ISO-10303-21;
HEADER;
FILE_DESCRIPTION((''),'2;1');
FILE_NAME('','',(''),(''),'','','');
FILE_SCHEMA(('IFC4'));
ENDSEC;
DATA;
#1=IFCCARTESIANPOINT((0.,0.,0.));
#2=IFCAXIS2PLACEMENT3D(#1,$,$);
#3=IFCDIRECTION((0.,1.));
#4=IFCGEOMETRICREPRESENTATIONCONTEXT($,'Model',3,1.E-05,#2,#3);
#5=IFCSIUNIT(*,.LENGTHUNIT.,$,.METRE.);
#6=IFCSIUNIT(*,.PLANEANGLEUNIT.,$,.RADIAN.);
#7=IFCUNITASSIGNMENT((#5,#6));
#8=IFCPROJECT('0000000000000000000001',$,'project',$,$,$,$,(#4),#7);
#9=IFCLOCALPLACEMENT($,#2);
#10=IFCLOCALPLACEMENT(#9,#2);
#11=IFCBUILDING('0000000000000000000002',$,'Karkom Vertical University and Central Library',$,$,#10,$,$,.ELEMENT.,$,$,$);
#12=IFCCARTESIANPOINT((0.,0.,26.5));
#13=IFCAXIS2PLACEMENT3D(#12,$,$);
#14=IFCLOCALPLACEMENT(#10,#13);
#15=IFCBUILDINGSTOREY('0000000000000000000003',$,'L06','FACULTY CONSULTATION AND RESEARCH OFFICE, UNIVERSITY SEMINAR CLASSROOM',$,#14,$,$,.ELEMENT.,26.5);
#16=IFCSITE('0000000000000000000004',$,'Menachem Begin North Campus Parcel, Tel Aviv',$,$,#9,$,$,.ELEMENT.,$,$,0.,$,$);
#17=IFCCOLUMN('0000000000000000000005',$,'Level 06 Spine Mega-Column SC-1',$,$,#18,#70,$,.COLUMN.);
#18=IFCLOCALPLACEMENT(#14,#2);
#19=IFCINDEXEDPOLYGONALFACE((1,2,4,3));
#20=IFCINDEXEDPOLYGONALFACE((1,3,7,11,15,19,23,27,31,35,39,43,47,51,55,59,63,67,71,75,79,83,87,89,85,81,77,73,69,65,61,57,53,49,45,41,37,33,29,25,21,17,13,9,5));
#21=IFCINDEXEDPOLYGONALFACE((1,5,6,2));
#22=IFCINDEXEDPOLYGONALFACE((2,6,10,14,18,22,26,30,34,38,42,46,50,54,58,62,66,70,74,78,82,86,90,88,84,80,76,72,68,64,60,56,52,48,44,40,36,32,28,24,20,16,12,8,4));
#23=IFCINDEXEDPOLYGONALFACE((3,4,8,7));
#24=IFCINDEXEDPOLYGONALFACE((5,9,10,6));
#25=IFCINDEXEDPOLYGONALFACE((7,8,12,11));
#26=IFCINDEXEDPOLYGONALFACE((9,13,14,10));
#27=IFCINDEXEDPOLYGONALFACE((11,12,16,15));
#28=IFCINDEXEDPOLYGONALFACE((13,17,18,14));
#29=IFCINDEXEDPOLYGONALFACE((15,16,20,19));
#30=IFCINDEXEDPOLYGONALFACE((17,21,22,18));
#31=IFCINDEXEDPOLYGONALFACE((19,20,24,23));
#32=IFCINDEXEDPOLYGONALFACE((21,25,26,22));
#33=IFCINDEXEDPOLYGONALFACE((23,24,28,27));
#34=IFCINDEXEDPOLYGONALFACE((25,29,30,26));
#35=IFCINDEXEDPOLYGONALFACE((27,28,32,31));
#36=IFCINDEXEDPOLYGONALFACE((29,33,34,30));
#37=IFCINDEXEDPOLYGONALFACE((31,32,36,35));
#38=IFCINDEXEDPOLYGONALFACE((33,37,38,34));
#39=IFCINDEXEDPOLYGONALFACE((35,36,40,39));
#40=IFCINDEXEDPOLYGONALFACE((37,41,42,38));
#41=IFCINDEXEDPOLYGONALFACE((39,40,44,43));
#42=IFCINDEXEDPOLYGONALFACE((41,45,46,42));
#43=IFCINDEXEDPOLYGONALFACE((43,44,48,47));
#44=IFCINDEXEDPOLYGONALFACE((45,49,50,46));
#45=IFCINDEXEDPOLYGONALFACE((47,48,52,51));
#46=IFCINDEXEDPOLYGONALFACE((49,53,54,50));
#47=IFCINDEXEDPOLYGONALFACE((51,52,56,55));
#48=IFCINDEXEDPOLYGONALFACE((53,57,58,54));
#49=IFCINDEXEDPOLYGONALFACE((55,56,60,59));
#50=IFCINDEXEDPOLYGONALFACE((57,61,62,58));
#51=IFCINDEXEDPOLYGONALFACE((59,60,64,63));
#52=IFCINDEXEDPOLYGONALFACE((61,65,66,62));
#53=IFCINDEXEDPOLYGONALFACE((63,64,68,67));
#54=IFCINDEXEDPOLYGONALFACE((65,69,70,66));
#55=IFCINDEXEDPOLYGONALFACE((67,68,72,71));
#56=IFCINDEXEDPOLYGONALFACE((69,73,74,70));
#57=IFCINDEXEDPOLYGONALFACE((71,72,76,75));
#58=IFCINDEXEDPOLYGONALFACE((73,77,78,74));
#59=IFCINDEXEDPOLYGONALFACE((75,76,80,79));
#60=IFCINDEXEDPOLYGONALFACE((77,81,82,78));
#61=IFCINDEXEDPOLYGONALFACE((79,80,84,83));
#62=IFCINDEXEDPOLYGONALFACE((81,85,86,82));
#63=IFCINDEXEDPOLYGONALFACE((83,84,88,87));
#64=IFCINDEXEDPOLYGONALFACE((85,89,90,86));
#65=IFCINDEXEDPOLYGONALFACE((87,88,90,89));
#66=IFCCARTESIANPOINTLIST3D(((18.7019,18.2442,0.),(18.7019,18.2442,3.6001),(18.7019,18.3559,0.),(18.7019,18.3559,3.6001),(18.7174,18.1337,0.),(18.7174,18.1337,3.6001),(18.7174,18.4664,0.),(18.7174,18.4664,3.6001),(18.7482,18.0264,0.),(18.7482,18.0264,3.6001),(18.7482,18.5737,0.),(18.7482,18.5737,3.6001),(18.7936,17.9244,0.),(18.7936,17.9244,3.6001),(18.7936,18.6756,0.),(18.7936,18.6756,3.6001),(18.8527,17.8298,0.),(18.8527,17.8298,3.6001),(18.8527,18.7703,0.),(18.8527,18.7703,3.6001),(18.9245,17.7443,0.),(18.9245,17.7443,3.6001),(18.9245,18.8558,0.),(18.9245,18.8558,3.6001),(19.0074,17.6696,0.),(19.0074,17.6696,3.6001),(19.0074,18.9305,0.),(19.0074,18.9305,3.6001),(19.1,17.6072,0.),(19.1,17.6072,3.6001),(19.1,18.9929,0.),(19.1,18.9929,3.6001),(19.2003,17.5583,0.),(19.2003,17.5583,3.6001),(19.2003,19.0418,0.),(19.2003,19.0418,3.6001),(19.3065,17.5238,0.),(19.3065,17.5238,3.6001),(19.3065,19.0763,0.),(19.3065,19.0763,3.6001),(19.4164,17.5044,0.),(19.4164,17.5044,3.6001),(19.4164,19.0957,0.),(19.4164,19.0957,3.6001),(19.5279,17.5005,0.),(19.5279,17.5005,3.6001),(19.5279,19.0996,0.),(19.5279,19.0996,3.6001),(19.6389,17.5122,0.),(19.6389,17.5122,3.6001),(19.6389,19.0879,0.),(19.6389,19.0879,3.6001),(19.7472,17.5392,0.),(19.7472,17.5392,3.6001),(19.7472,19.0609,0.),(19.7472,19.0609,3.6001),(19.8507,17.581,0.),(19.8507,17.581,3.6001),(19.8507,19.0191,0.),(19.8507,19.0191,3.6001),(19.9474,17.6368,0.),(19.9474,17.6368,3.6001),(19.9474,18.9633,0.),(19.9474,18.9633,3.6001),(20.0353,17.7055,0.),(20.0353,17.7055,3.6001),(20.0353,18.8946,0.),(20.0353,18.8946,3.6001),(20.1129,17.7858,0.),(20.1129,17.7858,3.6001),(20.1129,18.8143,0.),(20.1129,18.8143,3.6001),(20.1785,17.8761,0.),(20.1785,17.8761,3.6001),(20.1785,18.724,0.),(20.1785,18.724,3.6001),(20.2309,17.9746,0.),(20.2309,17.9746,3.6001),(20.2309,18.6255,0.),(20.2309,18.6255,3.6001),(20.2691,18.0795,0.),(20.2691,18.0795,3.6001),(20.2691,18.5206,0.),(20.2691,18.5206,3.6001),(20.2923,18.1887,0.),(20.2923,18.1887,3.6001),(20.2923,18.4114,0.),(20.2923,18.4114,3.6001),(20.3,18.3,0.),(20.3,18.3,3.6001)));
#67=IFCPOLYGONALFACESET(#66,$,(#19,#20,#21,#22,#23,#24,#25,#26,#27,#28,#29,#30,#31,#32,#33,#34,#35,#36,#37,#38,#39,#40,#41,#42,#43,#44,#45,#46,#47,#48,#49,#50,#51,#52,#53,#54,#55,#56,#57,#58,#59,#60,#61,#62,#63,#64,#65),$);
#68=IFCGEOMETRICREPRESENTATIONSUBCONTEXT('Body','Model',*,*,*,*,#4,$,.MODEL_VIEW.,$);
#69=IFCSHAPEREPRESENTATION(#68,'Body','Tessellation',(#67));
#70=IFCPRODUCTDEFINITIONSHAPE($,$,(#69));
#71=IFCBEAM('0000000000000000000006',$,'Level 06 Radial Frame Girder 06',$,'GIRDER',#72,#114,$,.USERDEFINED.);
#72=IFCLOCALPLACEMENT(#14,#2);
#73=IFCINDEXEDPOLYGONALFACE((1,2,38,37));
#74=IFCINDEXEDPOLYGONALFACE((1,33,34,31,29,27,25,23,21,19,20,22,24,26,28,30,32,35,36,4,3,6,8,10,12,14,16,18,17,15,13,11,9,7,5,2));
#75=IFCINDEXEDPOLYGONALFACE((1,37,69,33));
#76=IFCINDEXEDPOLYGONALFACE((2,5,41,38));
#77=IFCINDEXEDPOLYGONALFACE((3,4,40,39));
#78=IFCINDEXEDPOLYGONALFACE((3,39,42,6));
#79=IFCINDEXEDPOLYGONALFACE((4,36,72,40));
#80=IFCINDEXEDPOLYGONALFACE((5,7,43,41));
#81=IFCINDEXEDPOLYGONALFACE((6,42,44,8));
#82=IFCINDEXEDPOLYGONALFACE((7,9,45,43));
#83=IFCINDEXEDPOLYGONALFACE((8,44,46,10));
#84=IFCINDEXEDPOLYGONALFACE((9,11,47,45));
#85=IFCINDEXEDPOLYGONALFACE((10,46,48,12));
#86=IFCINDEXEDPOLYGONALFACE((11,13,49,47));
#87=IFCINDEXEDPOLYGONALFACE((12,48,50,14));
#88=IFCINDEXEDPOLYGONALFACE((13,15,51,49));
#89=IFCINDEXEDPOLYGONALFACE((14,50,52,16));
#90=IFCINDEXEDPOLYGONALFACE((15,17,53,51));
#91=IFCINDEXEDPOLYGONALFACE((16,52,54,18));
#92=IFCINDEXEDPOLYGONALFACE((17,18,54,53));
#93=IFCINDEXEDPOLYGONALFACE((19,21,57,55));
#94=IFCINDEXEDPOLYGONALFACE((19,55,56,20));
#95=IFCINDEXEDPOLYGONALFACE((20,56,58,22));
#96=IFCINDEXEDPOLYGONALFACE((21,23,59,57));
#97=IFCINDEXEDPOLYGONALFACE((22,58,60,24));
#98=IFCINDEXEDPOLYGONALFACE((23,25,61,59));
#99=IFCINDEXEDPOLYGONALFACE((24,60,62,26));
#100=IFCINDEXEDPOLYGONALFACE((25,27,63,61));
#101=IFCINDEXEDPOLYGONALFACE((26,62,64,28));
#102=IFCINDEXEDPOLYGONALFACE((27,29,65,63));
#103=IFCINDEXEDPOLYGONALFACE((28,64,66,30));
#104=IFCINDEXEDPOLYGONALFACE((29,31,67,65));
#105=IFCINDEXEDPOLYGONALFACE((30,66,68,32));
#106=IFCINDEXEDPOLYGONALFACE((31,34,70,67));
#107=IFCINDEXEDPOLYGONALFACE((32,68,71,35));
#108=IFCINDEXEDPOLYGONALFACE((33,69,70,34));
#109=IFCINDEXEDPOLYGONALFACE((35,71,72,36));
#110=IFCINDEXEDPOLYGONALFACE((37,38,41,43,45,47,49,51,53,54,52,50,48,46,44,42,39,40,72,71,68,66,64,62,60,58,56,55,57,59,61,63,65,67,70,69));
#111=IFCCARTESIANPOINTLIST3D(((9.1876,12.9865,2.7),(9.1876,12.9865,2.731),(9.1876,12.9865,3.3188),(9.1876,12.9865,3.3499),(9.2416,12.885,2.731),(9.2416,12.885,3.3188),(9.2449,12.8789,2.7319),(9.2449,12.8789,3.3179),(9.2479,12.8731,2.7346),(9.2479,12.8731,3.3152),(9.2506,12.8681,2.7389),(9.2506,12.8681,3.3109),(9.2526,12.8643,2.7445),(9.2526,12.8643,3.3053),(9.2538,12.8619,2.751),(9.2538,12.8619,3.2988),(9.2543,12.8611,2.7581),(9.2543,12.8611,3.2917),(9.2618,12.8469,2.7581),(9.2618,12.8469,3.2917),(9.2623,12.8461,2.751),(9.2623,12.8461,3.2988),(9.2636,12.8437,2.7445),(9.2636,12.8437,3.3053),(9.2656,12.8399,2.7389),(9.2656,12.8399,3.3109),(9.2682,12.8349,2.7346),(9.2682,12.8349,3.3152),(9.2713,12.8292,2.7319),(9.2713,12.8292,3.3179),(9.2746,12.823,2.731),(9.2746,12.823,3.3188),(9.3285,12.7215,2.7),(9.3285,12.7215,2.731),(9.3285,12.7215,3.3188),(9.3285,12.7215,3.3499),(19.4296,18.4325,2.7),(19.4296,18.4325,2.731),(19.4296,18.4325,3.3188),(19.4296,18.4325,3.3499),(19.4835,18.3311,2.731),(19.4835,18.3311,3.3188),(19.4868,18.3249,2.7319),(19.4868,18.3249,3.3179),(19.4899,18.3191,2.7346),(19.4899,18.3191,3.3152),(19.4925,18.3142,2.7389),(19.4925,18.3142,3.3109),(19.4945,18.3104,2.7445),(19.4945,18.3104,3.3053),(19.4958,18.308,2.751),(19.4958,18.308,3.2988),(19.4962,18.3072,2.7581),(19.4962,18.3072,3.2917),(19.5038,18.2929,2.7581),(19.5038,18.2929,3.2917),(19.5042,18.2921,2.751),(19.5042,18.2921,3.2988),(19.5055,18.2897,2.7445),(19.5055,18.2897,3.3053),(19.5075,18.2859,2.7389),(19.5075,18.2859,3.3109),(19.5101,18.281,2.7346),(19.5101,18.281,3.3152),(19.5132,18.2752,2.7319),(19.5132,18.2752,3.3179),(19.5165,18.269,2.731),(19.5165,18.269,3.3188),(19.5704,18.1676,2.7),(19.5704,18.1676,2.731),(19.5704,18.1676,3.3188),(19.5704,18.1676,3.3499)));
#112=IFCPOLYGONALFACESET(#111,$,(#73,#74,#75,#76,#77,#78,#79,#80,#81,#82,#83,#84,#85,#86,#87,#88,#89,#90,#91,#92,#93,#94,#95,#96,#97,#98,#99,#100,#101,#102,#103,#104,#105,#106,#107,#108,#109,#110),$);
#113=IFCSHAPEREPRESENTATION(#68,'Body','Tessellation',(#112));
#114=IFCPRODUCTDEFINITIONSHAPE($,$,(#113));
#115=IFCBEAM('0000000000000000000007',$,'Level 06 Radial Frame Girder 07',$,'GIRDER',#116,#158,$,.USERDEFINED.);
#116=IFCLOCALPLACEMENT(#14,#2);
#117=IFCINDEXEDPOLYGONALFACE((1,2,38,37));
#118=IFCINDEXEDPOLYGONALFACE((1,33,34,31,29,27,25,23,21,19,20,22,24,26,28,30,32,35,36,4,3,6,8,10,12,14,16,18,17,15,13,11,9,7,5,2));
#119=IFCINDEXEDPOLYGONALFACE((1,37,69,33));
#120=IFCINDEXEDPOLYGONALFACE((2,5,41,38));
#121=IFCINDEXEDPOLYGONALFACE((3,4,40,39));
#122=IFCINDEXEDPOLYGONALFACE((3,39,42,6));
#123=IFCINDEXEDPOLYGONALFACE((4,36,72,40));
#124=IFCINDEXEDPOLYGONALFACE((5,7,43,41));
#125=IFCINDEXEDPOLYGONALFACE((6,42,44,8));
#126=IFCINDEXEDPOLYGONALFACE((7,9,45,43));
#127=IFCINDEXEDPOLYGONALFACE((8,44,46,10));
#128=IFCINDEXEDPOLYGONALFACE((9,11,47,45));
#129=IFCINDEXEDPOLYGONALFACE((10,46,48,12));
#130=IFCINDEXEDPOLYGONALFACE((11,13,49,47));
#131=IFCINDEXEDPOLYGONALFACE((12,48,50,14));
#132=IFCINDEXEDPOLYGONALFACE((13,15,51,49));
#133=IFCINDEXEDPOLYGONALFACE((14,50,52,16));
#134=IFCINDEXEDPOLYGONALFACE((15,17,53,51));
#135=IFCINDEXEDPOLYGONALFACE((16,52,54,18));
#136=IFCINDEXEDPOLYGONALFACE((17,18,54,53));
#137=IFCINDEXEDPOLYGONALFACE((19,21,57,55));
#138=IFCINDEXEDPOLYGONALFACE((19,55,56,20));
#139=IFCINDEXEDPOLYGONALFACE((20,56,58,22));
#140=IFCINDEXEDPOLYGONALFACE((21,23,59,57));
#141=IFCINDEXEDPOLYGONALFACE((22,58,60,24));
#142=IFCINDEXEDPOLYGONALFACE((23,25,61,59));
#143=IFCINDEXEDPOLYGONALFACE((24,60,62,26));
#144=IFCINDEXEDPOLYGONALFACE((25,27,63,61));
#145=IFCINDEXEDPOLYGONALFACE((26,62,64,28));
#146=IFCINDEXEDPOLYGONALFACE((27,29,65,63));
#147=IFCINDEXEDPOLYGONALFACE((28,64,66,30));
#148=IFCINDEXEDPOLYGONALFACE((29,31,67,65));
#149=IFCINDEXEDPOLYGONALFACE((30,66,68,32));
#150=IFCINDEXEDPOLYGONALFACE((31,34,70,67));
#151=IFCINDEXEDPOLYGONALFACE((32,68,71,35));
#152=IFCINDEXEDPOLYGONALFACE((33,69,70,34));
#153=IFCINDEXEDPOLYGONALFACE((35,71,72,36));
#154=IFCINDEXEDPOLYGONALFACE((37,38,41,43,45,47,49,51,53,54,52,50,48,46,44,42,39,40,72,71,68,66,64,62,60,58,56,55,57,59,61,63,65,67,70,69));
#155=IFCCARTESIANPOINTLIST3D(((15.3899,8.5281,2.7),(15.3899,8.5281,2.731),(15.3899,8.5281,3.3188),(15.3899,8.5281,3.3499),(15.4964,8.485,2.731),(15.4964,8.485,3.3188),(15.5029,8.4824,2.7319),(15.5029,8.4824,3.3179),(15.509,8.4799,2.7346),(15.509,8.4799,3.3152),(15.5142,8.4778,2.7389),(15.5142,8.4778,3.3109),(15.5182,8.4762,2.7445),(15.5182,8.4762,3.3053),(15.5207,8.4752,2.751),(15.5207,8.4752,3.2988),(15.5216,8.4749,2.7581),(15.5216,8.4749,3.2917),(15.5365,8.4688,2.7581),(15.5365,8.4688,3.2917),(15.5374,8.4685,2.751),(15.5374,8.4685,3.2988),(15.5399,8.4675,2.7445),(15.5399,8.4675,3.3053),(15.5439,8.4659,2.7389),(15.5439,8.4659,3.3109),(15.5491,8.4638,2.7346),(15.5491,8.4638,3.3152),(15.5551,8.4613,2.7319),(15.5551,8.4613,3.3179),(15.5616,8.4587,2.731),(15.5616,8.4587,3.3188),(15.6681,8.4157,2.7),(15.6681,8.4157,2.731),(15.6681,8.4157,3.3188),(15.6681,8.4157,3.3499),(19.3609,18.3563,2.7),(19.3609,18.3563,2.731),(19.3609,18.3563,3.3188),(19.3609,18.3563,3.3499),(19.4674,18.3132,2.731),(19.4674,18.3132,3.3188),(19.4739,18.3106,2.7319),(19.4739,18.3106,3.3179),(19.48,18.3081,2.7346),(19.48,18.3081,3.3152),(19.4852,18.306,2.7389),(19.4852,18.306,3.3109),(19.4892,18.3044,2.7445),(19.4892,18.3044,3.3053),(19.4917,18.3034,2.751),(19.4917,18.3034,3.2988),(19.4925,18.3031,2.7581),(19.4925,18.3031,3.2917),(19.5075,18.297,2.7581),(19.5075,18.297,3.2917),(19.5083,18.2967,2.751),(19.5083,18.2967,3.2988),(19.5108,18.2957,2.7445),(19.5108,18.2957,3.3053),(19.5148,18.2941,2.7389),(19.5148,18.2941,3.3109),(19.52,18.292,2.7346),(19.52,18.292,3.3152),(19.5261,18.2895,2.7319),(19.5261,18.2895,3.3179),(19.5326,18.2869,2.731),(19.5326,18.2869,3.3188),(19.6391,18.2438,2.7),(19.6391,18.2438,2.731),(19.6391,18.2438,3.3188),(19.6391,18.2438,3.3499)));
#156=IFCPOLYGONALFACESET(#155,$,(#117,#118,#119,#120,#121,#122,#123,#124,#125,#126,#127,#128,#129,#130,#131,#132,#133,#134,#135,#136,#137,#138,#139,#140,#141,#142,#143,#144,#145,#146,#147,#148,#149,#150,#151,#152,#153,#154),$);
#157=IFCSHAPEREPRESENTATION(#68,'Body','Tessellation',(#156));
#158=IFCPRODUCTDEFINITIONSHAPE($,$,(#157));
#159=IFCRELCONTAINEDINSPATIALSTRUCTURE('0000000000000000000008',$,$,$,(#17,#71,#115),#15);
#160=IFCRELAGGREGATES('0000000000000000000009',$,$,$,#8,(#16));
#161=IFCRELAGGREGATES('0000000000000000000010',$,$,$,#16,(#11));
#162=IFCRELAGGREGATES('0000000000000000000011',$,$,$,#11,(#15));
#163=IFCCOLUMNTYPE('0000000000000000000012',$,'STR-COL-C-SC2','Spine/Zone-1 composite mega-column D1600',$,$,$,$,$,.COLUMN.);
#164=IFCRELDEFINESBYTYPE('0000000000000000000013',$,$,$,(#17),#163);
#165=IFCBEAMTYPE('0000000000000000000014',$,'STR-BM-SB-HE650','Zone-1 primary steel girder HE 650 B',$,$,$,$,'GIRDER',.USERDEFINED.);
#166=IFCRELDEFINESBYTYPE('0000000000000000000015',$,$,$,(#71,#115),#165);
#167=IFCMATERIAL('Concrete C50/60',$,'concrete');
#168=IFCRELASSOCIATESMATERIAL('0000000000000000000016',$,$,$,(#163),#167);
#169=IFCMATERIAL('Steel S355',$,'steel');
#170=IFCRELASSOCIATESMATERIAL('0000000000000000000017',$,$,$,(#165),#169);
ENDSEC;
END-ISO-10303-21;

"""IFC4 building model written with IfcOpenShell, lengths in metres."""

from ifc_helpers import new_model, si_unit, direction, frame, origin, origin_with_axes, origin_2d, place, context, subcontext, project, spatial, circle, i_section, extrude, source, transform, mapped, material, material_profile, profile_set, type_object, element, save


model = new_model("IFC4")

# Units and contexts
model_context = context("Model", 3, precision=1e-05, world=origin(), true_north=direction((0.0, 1.0)))
body_context = subcontext(model_context, "Body", "Model", "MODEL_VIEW")
ifc_project = project(units=[si_unit("LENGTHUNIT", "METRE"), si_unit("PLANEANGLEUNIT", "RADIAN")], contexts=[model_context])

# Site, building, storey
site_placement = place(None, origin())
site = spatial("IfcSite", under=ifc_project, at=site_placement, Name="Menachem Begin North Campus Parcel, Tel Aviv", CompositionType="ELEMENT", RefElevation=0.0)
building_placement = place(site_placement, origin())
building = spatial("IfcBuilding", under=site, at=building_placement, Name="Karkom Vertical University and Central Library", CompositionType="ELEMENT")
storey_placement = place(building_placement, frame((0.0, 0.0, 26.5)))
storey = spatial("IfcBuildingStorey", under=building, at=storey_placement, Name="L06", Description="FACULTY CONSULTATION AND RESEARCH OFFICE, UNIVERSITY SEMINAR CLASSROOM", CompositionType="ELEMENT", Elevation=26.5)

# Column
ifc_material_1 = material(Name="Concrete C50/60", Category="concrete")
ifc_material_profile_1 = material_profile(ifc_material_1, circle(Radius=0.8, at=origin_2d()), Name="CFT-D1600")
ifc_profile_set_1 = profile_set([ifc_material_profile_1], Name="Concrete C50/60")
column_type = type_object("IfcColumnType", Name="STR-COL-C-SC2", Description="Spine/Zone-1 composite mega-column D1600", PredefinedType="COLUMN", material=ifc_profile_set_1)
shared_shape_1 = source(origin_with_axes(), body_context, "Body", "SweptSolid", [
    extrude(circle(Radius=0.8, at=origin_2d()), origin(), (0.0, 0.0, 1.0), 3.6001),
])
column_placement = place(storey_placement, frame((19.5, 18.3, 0.0), z_axis=(0.0, 0.0, 1.0), x_axis=(1.0, 0.0, 0.0)))
element("IfcColumn", 1, at=column_placement, inside=storey, type_object=column_type, Name="Level 06 Spine Mega-Column SC-1", PredefinedType="COLUMN", context=body_context, shape_type="MappedRepresentation", body=[
    mapped(shared_shape_1, transform((0.0, 0.0, 0.0), scale=1.0)),
])

# Beams
ifc_material_2 = material(Name="Steel S355", Category="steel")
ifc_material_profile_2 = material_profile(ifc_material_2, i_section(OverallWidth=0.3, OverallDepth=0.6499, WebThickness=0.0161, FlangeThickness=0.031, FilletRadius=0.0271, at=origin_2d()), Name="HE 650 B")
ifc_profile_set_2 = profile_set([ifc_material_profile_2], Name="Steel S355")
beam_type_1 = type_object("IfcBeamType", Name="STR-BM-SB-HE650", Description="Zone-1 primary steel girder HE 650 B", ElementType="GIRDER", PredefinedType="USERDEFINED", material=ifc_profile_set_2)
shared_shape_2 = source(origin_with_axes(), body_context, "Body", "SweptSolid", [
    extrude(i_section(OverallWidth=0.3, OverallDepth=0.6499, WebThickness=0.0161, FlangeThickness=0.031, FilletRadius=0.0271, at=origin_2d()), origin(), (0.0, 0.0, 1.0), 11.5999),
])
beam_1_placement = place(storey_placement, frame((19.5, 18.3, 3.0249), z_axis=(-0.882937, -0.469492, 0.0), x_axis=(0.469492, -0.882937, 0.0)))
element("IfcBeam", 2, at=beam_1_placement, inside=storey, type_object=beam_type_1, Name="Level 06 Radial Frame Girder 06", ObjectType="GIRDER", PredefinedType="USERDEFINED", context=body_context, shape_type="MappedRepresentation", body=[
    mapped(shared_shape_2, transform((0.0, 0.0, 0.0), scale=1.0)),
])
shared_shape_3 = source(origin_with_axes(), body_context, "Body", "SweptSolid", [
    extrude(i_section(OverallWidth=0.3, OverallDepth=0.6499, WebThickness=0.0161, FlangeThickness=0.031, FilletRadius=0.0271, at=origin_2d()), origin(), (0.0, 0.0, 1.0), 10.6001),
])
beam_2_placement = place(storey_placement, frame((19.5, 18.3, 3.0249), z_axis=(-0.374617, -0.92718, 0.0), x_axis=(0.92718, -0.374617, 0.0)))
element("IfcBeam", 3, at=beam_2_placement, inside=storey, type_object=beam_type_1, Name="Level 06 Radial Frame Girder 07", ObjectType="GIRDER", PredefinedType="USERDEFINED", context=body_context, shape_type="MappedRepresentation", body=[
    mapped(shared_shape_3, transform((0.0, 0.0, 0.0), scale=1.0)),
])

save(model, "model.ifc")
